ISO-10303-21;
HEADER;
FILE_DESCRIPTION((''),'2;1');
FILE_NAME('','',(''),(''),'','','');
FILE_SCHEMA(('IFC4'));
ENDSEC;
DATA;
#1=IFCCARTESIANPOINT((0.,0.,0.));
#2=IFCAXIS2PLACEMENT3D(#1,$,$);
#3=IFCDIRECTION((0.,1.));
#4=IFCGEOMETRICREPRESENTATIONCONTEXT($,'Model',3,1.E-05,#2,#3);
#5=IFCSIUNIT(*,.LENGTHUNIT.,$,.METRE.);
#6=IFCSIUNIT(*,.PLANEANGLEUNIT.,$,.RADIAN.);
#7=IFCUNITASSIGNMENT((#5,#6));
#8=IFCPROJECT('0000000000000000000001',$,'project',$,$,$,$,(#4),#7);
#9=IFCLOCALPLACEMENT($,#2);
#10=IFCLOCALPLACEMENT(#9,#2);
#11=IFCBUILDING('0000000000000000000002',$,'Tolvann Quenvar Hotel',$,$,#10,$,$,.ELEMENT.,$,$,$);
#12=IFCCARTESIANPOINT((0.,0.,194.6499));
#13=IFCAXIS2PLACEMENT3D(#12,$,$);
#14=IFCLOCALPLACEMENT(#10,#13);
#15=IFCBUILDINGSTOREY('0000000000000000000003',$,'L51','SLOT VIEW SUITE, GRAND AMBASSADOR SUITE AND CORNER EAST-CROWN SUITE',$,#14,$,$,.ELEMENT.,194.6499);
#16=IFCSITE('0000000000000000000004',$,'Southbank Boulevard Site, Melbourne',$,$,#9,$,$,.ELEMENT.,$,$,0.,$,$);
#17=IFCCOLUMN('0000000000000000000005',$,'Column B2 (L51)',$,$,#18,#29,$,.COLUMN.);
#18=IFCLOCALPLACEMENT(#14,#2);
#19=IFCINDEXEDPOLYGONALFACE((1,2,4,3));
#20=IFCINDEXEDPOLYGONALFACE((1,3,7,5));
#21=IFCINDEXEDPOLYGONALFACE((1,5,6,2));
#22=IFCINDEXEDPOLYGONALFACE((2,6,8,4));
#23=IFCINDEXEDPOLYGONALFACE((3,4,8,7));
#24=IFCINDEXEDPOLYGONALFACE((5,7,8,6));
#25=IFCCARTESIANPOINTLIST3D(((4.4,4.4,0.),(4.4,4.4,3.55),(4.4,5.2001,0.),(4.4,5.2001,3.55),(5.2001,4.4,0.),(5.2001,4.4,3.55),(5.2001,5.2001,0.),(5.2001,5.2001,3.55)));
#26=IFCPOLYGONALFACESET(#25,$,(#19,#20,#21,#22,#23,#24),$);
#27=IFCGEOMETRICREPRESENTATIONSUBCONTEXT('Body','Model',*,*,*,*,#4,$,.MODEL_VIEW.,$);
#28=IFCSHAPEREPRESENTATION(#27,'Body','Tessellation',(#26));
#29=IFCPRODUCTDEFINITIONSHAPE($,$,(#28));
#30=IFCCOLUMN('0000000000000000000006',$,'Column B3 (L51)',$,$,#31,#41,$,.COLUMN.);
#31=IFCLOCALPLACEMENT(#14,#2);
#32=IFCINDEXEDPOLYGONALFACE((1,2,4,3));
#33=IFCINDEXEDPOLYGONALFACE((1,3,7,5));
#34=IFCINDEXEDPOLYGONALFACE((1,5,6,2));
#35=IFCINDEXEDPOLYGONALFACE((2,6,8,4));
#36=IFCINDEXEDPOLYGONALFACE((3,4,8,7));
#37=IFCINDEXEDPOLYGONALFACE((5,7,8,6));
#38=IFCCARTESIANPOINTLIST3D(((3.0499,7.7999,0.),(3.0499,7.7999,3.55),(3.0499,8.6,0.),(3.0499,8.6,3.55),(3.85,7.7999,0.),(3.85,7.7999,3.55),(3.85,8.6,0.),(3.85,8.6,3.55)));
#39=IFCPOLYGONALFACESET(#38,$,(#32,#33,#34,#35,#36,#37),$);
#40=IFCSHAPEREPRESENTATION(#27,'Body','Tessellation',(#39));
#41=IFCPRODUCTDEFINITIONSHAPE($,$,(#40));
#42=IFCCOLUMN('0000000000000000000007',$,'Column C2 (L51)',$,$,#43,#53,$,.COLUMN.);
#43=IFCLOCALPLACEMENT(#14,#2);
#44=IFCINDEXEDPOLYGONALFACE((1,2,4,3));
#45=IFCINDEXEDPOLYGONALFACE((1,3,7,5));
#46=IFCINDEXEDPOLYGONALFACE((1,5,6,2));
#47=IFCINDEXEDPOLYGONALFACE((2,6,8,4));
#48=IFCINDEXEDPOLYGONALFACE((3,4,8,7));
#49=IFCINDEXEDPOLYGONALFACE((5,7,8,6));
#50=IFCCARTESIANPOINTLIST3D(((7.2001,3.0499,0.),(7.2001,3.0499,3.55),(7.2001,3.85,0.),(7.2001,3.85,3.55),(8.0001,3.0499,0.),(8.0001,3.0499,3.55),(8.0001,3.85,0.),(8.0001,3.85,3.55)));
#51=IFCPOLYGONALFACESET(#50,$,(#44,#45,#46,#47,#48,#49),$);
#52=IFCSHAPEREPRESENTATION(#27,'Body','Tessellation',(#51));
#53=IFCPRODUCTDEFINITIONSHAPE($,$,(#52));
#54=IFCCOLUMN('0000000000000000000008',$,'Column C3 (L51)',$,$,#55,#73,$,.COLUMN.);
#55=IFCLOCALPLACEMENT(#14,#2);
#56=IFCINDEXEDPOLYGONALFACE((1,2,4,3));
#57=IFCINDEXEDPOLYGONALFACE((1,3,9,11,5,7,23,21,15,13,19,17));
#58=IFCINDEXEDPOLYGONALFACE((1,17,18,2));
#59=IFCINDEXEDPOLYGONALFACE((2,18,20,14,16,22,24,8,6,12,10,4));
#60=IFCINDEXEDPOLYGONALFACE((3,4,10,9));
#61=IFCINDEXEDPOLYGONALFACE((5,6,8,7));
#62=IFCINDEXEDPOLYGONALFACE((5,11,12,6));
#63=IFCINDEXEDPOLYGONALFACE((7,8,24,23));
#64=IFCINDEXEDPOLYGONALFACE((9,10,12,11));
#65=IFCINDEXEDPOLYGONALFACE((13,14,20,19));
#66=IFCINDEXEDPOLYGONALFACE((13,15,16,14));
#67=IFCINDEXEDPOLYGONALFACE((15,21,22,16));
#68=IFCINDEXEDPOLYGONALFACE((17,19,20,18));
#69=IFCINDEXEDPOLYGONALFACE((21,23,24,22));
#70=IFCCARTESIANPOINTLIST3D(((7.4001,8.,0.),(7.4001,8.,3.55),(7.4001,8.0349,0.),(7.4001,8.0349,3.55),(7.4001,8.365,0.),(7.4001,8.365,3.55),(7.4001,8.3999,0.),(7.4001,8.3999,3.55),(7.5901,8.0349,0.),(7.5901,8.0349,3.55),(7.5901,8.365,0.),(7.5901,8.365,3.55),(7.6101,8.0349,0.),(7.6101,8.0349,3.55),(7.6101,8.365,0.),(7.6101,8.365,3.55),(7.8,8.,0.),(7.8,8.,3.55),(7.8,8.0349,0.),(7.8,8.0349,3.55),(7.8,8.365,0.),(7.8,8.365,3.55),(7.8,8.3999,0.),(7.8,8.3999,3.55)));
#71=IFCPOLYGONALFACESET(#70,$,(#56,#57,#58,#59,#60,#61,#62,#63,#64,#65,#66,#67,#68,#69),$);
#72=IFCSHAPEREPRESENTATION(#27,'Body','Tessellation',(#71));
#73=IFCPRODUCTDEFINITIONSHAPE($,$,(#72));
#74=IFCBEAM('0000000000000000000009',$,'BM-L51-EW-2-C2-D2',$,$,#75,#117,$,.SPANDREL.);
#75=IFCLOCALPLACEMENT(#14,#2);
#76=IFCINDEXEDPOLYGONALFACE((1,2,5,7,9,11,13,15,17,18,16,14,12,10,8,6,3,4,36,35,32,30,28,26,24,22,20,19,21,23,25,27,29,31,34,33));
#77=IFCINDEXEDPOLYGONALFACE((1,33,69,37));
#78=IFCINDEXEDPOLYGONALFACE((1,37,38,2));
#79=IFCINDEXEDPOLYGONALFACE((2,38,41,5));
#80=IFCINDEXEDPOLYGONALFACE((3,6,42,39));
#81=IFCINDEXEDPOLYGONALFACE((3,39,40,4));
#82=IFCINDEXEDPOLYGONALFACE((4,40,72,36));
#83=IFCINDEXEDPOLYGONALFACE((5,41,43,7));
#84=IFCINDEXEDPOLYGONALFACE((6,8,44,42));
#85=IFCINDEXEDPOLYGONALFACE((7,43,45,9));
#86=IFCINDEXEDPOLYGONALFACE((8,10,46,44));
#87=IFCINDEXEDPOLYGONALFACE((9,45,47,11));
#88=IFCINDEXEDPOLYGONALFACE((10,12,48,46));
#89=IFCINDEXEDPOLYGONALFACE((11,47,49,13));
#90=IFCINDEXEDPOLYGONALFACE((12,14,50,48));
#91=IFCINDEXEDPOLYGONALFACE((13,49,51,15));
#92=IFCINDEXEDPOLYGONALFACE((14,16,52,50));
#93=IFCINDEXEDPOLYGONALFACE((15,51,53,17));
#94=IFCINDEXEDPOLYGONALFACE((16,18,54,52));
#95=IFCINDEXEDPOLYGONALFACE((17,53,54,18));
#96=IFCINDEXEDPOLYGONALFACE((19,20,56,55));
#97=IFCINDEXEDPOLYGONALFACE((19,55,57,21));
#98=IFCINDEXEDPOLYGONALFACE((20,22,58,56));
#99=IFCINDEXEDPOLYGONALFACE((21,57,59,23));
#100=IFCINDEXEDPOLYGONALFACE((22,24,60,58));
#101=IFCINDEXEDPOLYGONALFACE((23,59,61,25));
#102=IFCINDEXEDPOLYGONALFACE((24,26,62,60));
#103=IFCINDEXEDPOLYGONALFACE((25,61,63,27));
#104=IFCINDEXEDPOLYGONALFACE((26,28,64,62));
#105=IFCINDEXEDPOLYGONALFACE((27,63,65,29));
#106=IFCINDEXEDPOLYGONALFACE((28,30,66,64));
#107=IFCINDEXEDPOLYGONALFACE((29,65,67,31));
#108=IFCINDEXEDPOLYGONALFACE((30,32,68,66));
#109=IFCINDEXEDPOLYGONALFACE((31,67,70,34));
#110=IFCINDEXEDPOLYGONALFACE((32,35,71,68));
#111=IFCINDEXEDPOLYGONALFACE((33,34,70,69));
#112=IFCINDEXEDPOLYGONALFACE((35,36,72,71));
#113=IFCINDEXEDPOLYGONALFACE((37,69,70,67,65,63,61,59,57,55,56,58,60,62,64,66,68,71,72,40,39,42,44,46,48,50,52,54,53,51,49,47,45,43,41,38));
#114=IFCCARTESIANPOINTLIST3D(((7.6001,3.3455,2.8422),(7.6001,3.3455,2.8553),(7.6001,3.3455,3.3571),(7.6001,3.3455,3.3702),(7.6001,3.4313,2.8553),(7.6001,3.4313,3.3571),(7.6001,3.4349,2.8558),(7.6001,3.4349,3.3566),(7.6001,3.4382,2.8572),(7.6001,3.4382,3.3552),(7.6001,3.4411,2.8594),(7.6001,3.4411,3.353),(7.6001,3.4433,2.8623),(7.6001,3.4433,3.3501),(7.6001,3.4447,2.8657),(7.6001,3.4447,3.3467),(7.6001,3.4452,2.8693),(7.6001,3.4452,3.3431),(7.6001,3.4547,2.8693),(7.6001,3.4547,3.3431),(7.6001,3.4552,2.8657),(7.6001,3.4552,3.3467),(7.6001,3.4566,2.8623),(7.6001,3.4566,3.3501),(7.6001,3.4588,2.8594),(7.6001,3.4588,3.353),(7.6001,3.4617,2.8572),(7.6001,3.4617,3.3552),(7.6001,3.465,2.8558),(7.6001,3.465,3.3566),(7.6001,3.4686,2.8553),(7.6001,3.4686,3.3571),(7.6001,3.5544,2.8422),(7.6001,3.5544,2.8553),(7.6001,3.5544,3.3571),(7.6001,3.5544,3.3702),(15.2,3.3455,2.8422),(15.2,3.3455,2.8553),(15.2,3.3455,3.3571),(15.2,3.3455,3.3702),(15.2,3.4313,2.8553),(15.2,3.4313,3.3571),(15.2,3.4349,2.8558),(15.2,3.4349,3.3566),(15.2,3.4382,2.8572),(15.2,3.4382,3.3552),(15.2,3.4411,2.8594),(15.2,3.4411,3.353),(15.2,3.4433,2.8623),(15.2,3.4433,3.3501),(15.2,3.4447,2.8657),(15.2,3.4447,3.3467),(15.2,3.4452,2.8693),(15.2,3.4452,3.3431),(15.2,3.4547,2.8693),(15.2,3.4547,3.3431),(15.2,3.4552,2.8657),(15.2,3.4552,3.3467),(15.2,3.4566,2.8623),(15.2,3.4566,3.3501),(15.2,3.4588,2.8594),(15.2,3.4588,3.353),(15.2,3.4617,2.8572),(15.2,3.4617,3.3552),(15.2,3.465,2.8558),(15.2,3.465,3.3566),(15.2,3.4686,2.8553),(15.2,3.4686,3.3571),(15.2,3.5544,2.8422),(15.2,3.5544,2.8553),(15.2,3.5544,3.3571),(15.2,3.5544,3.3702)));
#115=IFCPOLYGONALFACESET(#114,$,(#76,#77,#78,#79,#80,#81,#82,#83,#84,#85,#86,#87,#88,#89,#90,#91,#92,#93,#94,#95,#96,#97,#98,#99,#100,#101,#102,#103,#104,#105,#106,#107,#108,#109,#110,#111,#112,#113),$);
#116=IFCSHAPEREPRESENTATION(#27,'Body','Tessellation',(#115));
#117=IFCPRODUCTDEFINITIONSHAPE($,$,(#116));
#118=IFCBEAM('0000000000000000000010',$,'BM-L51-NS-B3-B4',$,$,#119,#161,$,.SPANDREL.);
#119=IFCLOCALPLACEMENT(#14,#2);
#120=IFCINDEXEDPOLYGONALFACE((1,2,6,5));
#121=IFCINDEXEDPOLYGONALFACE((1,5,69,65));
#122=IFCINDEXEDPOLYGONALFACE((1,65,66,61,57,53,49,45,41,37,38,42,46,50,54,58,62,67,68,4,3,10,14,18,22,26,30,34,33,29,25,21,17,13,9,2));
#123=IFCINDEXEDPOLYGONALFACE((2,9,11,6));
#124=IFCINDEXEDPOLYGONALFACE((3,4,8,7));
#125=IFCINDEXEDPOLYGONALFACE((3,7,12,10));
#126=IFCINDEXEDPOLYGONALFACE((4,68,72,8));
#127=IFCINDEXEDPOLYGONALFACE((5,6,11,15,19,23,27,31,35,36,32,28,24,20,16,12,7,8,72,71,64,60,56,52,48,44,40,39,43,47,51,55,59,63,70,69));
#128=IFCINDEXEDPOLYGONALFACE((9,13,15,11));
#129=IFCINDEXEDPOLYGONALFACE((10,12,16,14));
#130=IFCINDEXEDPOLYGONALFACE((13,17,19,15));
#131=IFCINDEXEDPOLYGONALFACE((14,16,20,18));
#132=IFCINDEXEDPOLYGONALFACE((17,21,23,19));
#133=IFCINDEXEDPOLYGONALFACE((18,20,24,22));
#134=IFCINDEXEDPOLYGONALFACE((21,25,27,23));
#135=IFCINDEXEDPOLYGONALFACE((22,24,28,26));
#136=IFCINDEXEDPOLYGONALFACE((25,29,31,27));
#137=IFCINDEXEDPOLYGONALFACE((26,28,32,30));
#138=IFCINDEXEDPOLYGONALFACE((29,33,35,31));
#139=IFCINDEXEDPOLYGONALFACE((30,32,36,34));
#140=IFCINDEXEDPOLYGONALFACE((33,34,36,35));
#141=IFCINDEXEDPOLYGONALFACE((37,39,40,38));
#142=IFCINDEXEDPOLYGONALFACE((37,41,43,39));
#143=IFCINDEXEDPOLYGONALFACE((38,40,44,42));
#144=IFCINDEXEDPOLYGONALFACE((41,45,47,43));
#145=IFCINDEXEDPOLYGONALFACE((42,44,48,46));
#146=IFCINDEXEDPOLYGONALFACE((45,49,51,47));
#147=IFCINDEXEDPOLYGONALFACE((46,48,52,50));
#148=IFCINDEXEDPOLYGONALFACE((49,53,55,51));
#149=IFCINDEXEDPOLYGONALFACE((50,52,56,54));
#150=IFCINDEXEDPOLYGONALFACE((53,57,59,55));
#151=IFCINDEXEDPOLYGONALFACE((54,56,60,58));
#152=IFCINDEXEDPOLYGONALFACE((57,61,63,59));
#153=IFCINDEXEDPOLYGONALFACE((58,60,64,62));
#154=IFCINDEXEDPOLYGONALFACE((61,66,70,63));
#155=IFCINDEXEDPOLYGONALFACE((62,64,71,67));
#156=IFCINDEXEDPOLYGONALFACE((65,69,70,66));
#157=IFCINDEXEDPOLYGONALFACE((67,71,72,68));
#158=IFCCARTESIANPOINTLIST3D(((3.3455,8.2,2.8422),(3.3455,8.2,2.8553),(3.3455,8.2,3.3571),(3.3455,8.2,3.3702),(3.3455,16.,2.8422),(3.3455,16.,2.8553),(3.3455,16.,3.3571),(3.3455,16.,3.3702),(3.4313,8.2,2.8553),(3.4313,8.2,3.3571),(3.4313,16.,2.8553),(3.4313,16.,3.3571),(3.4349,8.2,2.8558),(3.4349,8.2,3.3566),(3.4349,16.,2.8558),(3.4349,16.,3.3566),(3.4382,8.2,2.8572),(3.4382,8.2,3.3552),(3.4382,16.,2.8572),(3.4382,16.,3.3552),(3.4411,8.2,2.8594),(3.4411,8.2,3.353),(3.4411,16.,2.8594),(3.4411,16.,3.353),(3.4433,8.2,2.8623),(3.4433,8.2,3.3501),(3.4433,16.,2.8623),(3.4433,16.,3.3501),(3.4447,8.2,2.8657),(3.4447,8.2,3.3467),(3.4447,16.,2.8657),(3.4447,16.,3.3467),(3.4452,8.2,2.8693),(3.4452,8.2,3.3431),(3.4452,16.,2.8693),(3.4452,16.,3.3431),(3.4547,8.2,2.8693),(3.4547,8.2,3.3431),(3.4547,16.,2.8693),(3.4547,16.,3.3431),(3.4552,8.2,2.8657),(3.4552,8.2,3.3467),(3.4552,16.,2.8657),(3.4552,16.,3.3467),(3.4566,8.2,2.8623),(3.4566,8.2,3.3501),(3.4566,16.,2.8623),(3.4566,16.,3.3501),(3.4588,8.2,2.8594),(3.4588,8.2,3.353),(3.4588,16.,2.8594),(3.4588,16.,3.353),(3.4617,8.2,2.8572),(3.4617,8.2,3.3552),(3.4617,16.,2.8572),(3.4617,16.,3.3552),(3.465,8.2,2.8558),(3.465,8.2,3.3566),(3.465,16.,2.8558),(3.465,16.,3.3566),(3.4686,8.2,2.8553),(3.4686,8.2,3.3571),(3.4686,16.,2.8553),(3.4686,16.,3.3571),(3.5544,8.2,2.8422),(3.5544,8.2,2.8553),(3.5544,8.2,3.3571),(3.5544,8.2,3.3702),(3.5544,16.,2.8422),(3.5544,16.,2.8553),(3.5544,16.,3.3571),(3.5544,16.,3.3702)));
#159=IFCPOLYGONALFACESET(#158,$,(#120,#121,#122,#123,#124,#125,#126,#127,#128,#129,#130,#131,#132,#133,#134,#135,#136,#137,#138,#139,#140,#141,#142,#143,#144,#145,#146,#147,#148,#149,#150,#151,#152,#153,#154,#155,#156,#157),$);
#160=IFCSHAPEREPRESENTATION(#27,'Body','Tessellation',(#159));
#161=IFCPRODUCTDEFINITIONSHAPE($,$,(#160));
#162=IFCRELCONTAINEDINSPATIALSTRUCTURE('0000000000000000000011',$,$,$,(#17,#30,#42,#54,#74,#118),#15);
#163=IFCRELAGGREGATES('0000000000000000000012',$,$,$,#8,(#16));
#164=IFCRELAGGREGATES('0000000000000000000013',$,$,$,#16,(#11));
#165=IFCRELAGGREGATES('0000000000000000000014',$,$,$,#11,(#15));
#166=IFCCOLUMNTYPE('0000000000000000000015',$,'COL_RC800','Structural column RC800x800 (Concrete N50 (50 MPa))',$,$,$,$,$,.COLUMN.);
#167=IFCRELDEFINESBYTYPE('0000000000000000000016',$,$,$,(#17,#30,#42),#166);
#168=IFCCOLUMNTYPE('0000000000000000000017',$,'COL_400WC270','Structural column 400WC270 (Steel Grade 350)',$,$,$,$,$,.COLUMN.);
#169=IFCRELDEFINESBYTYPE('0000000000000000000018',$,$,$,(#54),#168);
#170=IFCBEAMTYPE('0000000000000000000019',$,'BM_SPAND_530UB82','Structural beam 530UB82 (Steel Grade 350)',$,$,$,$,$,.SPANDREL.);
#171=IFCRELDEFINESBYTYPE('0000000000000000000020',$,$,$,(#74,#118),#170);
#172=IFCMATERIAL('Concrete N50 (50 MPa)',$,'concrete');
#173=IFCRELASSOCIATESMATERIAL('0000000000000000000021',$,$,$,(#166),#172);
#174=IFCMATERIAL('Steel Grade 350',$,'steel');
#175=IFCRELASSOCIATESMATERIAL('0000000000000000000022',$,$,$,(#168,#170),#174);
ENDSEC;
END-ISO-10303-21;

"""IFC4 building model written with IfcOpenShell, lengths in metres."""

from ifc_helpers import new_model, si_unit, direction, frame, origin, origin_2d, place, context, subcontext, project, spatial, rectangle, i_section, extrude, source, transform, mapped, material, material_profile, profile_set, type_object, type_shapes, element, save


model = new_model("IFC4")

# Units and contexts
model_context = context("Model", 3, precision=1e-05, world=origin(), true_north=direction((0.0, 1.0)))
body_context = subcontext(model_context, "Body", "Model", "MODEL_VIEW")
ifc_project = project(units=[si_unit("LENGTHUNIT", "METRE"), si_unit("PLANEANGLEUNIT", "RADIAN")], contexts=[model_context])

# Site, building, storey
site_placement = place(None, origin())
site = spatial("IfcSite", under=ifc_project, at=site_placement, Name="Southbank Boulevard Site, Melbourne", CompositionType="ELEMENT", RefElevation=0.0)
building_placement = place(site_placement, origin())
building = spatial("IfcBuilding", under=site, at=building_placement, Name="Tolvann Quenvar Hotel", CompositionType="ELEMENT")
storey_placement = place(building_placement, frame((0.0, 0.0, 194.6499)))
storey = spatial("IfcBuildingStorey", under=building, at=storey_placement, Name="L51", Description="SLOT VIEW SUITE, GRAND AMBASSADOR SUITE AND CORNER EAST-CROWN SUITE", CompositionType="ELEMENT", Elevation=194.6499)

# Columns
ifc_material_1 = material(Name="Concrete N50 (50 MPa)", Category="concrete")
ifc_material_profile_1 = material_profile(ifc_material_1, rectangle(XDim=0.8, YDim=0.8, at=origin_2d()), Name="RC800x800")
ifc_profile_set_1 = profile_set([ifc_material_profile_1], Name="Concrete N50 (50 MPa)")
column_type_1 = type_object("IfcColumnType", Name="COL_RC800", Description="Structural column RC800x800 (Concrete N50 (50 MPa))", PredefinedType="COLUMN", material=ifc_profile_set_1)
shared_shape_1 = source(origin(), body_context, "Body", "SweptSolid", [
    extrude(rectangle(XDim=0.8, YDim=0.8, at=origin_2d()), origin(), (0.0, 0.0, 1.0), 3.55),
])
type_shapes(column_type_1, [shared_shape_1])
for number, where, z_axis, x_axis, name in (
    (1, (4.8, 4.8, 0.0), (0.0, 0.0, 1.0), (1.0, 0.0, 0.0), "Column B2 (L51)"),
    (2, (3.45, 8.2, 0.0), (0.0, 0.0, 1.0), (1.0, 0.0, 0.0), "Column B3 (L51)"),
    (3, (7.6001, 3.45, 0.0), (0.0, 0.0, 1.0), (1.0, 0.0, 0.0), "Column C2 (L51)"),
):
    element("IfcColumn", number, at=place(storey_placement, frame(where, z_axis=z_axis, x_axis=x_axis)), inside=storey, type_object=column_type_1, Name=name, PredefinedType="COLUMN", context=body_context, shape_type="MappedRepresentation", body=[
        mapped(shared_shape_1, transform((0.0, 0.0, 0.0), x_axis=(1.0, 0.0, 0.0), y_axis=(0.0, 1.0, 0.0), z_axis=(0.0, 0.0, 1.0), scale=1.0)),
    ])
ifc_material_2 = material(Name="Steel Grade 350", Category="steel")
ifc_material_profile_2 = material_profile(ifc_material_2, i_section(OverallWidth=0.3999, OverallDepth=0.3999, WebThickness=0.02, FlangeThickness=0.0349, at=origin_2d()), Name="400WC270")
ifc_profile_set_2 = profile_set([ifc_material_profile_2], Name="Steel Grade 350")
column_type_2 = type_object("IfcColumnType", Name="COL_400WC270", Description="Structural column 400WC270 (Steel Grade 350)", PredefinedType="COLUMN", material=ifc_profile_set_2)
shared_shape_2 = source(origin(), body_context, "Body", "SweptSolid", [
    extrude(i_section(OverallWidth=0.3999, OverallDepth=0.3999, WebThickness=0.02, FlangeThickness=0.0349, at=origin_2d()), origin(), (0.0, 0.0, 1.0), 3.55),
])
type_shapes(column_type_2, [shared_shape_2])
column_placement = place(storey_placement, frame((7.6001, 8.2, 0.0), z_axis=(0.0, 0.0, 1.0), x_axis=(1.0, 0.0, 0.0)))
element("IfcColumn", 4, at=column_placement, inside=storey, type_object=column_type_2, Name="Column C3 (L51)", PredefinedType="COLUMN", context=body_context, shape_type="MappedRepresentation", body=[
    mapped(shared_shape_2, transform((0.0, 0.0, 0.0), x_axis=(1.0, 0.0, 0.0), y_axis=(0.0, 1.0, 0.0), z_axis=(0.0, 0.0, 1.0), scale=1.0)),
])

# Beams
ifc_material_profile_3 = material_profile(ifc_material_2, i_section(OverallWidth=0.209, OverallDepth=0.5281, WebThickness=0.0095, FlangeThickness=0.0132, FilletRadius=0.0139, at=origin_2d()), Name="530UB82")
ifc_profile_set_3 = profile_set([ifc_material_profile_3], Name="Steel Grade 350")
beam_type_1 = type_object("IfcBeamType", Name="BM_SPAND_530UB82", Description="Structural beam 530UB82 (Steel Grade 350)", PredefinedType="SPANDREL", material=ifc_profile_set_3)
shared_shape_3 = source(origin(), body_context, "Body", "SweptSolid", [
    extrude(i_section(OverallWidth=0.209, OverallDepth=0.5281, WebThickness=0.0095, FlangeThickness=0.0132, FilletRadius=0.0139, at=origin_2d()), origin(), (0.0, 0.0, 1.0), 7.5999),
])
beam_1_placement = place(storey_placement, frame((7.6001, 3.45, 3.1062), z_axis=(1.0, 0.0, 0.0), x_axis=(0.0, 1.0, 0.0)))
element("IfcBeam", 5, at=beam_1_placement, inside=storey, type_object=beam_type_1, Name="BM-L51-EW-2-C2-D2", PredefinedType="SPANDREL", context=body_context, shape_type="MappedRepresentation", body=[
    mapped(shared_shape_3, transform((0.0, 0.0, 0.0), x_axis=(1.0, 0.0, 0.0), y_axis=(0.0, 1.0, 0.0), z_axis=(0.0, 0.0, 1.0), scale=1.0)),
])
shared_shape_4 = source(origin(), body_context, "Body", "SweptSolid", [
    extrude(i_section(OverallWidth=0.209, OverallDepth=0.5281, WebThickness=0.0095, FlangeThickness=0.0132, FilletRadius=0.0139, at=origin_2d()), origin(), (0.0, 0.0, 1.0), 7.8),
])
beam_2_placement = place(storey_placement, frame((3.45, 8.2, 3.1062), z_axis=(0.0, 1.0, 0.0), x_axis=(-1.0, 0.0, 0.0)))
element("IfcBeam", 6, at=beam_2_placement, inside=storey, type_object=beam_type_1, Name="BM-L51-NS-B3-B4", PredefinedType="SPANDREL", context=body_context, shape_type="MappedRepresentation", body=[
    mapped(shared_shape_4, transform((0.0, 0.0, 0.0), x_axis=(1.0, 0.0, 0.0), y_axis=(0.0, 1.0, 0.0), z_axis=(0.0, 0.0, 1.0), scale=1.0)),
])

save(model, "model.ifc")
